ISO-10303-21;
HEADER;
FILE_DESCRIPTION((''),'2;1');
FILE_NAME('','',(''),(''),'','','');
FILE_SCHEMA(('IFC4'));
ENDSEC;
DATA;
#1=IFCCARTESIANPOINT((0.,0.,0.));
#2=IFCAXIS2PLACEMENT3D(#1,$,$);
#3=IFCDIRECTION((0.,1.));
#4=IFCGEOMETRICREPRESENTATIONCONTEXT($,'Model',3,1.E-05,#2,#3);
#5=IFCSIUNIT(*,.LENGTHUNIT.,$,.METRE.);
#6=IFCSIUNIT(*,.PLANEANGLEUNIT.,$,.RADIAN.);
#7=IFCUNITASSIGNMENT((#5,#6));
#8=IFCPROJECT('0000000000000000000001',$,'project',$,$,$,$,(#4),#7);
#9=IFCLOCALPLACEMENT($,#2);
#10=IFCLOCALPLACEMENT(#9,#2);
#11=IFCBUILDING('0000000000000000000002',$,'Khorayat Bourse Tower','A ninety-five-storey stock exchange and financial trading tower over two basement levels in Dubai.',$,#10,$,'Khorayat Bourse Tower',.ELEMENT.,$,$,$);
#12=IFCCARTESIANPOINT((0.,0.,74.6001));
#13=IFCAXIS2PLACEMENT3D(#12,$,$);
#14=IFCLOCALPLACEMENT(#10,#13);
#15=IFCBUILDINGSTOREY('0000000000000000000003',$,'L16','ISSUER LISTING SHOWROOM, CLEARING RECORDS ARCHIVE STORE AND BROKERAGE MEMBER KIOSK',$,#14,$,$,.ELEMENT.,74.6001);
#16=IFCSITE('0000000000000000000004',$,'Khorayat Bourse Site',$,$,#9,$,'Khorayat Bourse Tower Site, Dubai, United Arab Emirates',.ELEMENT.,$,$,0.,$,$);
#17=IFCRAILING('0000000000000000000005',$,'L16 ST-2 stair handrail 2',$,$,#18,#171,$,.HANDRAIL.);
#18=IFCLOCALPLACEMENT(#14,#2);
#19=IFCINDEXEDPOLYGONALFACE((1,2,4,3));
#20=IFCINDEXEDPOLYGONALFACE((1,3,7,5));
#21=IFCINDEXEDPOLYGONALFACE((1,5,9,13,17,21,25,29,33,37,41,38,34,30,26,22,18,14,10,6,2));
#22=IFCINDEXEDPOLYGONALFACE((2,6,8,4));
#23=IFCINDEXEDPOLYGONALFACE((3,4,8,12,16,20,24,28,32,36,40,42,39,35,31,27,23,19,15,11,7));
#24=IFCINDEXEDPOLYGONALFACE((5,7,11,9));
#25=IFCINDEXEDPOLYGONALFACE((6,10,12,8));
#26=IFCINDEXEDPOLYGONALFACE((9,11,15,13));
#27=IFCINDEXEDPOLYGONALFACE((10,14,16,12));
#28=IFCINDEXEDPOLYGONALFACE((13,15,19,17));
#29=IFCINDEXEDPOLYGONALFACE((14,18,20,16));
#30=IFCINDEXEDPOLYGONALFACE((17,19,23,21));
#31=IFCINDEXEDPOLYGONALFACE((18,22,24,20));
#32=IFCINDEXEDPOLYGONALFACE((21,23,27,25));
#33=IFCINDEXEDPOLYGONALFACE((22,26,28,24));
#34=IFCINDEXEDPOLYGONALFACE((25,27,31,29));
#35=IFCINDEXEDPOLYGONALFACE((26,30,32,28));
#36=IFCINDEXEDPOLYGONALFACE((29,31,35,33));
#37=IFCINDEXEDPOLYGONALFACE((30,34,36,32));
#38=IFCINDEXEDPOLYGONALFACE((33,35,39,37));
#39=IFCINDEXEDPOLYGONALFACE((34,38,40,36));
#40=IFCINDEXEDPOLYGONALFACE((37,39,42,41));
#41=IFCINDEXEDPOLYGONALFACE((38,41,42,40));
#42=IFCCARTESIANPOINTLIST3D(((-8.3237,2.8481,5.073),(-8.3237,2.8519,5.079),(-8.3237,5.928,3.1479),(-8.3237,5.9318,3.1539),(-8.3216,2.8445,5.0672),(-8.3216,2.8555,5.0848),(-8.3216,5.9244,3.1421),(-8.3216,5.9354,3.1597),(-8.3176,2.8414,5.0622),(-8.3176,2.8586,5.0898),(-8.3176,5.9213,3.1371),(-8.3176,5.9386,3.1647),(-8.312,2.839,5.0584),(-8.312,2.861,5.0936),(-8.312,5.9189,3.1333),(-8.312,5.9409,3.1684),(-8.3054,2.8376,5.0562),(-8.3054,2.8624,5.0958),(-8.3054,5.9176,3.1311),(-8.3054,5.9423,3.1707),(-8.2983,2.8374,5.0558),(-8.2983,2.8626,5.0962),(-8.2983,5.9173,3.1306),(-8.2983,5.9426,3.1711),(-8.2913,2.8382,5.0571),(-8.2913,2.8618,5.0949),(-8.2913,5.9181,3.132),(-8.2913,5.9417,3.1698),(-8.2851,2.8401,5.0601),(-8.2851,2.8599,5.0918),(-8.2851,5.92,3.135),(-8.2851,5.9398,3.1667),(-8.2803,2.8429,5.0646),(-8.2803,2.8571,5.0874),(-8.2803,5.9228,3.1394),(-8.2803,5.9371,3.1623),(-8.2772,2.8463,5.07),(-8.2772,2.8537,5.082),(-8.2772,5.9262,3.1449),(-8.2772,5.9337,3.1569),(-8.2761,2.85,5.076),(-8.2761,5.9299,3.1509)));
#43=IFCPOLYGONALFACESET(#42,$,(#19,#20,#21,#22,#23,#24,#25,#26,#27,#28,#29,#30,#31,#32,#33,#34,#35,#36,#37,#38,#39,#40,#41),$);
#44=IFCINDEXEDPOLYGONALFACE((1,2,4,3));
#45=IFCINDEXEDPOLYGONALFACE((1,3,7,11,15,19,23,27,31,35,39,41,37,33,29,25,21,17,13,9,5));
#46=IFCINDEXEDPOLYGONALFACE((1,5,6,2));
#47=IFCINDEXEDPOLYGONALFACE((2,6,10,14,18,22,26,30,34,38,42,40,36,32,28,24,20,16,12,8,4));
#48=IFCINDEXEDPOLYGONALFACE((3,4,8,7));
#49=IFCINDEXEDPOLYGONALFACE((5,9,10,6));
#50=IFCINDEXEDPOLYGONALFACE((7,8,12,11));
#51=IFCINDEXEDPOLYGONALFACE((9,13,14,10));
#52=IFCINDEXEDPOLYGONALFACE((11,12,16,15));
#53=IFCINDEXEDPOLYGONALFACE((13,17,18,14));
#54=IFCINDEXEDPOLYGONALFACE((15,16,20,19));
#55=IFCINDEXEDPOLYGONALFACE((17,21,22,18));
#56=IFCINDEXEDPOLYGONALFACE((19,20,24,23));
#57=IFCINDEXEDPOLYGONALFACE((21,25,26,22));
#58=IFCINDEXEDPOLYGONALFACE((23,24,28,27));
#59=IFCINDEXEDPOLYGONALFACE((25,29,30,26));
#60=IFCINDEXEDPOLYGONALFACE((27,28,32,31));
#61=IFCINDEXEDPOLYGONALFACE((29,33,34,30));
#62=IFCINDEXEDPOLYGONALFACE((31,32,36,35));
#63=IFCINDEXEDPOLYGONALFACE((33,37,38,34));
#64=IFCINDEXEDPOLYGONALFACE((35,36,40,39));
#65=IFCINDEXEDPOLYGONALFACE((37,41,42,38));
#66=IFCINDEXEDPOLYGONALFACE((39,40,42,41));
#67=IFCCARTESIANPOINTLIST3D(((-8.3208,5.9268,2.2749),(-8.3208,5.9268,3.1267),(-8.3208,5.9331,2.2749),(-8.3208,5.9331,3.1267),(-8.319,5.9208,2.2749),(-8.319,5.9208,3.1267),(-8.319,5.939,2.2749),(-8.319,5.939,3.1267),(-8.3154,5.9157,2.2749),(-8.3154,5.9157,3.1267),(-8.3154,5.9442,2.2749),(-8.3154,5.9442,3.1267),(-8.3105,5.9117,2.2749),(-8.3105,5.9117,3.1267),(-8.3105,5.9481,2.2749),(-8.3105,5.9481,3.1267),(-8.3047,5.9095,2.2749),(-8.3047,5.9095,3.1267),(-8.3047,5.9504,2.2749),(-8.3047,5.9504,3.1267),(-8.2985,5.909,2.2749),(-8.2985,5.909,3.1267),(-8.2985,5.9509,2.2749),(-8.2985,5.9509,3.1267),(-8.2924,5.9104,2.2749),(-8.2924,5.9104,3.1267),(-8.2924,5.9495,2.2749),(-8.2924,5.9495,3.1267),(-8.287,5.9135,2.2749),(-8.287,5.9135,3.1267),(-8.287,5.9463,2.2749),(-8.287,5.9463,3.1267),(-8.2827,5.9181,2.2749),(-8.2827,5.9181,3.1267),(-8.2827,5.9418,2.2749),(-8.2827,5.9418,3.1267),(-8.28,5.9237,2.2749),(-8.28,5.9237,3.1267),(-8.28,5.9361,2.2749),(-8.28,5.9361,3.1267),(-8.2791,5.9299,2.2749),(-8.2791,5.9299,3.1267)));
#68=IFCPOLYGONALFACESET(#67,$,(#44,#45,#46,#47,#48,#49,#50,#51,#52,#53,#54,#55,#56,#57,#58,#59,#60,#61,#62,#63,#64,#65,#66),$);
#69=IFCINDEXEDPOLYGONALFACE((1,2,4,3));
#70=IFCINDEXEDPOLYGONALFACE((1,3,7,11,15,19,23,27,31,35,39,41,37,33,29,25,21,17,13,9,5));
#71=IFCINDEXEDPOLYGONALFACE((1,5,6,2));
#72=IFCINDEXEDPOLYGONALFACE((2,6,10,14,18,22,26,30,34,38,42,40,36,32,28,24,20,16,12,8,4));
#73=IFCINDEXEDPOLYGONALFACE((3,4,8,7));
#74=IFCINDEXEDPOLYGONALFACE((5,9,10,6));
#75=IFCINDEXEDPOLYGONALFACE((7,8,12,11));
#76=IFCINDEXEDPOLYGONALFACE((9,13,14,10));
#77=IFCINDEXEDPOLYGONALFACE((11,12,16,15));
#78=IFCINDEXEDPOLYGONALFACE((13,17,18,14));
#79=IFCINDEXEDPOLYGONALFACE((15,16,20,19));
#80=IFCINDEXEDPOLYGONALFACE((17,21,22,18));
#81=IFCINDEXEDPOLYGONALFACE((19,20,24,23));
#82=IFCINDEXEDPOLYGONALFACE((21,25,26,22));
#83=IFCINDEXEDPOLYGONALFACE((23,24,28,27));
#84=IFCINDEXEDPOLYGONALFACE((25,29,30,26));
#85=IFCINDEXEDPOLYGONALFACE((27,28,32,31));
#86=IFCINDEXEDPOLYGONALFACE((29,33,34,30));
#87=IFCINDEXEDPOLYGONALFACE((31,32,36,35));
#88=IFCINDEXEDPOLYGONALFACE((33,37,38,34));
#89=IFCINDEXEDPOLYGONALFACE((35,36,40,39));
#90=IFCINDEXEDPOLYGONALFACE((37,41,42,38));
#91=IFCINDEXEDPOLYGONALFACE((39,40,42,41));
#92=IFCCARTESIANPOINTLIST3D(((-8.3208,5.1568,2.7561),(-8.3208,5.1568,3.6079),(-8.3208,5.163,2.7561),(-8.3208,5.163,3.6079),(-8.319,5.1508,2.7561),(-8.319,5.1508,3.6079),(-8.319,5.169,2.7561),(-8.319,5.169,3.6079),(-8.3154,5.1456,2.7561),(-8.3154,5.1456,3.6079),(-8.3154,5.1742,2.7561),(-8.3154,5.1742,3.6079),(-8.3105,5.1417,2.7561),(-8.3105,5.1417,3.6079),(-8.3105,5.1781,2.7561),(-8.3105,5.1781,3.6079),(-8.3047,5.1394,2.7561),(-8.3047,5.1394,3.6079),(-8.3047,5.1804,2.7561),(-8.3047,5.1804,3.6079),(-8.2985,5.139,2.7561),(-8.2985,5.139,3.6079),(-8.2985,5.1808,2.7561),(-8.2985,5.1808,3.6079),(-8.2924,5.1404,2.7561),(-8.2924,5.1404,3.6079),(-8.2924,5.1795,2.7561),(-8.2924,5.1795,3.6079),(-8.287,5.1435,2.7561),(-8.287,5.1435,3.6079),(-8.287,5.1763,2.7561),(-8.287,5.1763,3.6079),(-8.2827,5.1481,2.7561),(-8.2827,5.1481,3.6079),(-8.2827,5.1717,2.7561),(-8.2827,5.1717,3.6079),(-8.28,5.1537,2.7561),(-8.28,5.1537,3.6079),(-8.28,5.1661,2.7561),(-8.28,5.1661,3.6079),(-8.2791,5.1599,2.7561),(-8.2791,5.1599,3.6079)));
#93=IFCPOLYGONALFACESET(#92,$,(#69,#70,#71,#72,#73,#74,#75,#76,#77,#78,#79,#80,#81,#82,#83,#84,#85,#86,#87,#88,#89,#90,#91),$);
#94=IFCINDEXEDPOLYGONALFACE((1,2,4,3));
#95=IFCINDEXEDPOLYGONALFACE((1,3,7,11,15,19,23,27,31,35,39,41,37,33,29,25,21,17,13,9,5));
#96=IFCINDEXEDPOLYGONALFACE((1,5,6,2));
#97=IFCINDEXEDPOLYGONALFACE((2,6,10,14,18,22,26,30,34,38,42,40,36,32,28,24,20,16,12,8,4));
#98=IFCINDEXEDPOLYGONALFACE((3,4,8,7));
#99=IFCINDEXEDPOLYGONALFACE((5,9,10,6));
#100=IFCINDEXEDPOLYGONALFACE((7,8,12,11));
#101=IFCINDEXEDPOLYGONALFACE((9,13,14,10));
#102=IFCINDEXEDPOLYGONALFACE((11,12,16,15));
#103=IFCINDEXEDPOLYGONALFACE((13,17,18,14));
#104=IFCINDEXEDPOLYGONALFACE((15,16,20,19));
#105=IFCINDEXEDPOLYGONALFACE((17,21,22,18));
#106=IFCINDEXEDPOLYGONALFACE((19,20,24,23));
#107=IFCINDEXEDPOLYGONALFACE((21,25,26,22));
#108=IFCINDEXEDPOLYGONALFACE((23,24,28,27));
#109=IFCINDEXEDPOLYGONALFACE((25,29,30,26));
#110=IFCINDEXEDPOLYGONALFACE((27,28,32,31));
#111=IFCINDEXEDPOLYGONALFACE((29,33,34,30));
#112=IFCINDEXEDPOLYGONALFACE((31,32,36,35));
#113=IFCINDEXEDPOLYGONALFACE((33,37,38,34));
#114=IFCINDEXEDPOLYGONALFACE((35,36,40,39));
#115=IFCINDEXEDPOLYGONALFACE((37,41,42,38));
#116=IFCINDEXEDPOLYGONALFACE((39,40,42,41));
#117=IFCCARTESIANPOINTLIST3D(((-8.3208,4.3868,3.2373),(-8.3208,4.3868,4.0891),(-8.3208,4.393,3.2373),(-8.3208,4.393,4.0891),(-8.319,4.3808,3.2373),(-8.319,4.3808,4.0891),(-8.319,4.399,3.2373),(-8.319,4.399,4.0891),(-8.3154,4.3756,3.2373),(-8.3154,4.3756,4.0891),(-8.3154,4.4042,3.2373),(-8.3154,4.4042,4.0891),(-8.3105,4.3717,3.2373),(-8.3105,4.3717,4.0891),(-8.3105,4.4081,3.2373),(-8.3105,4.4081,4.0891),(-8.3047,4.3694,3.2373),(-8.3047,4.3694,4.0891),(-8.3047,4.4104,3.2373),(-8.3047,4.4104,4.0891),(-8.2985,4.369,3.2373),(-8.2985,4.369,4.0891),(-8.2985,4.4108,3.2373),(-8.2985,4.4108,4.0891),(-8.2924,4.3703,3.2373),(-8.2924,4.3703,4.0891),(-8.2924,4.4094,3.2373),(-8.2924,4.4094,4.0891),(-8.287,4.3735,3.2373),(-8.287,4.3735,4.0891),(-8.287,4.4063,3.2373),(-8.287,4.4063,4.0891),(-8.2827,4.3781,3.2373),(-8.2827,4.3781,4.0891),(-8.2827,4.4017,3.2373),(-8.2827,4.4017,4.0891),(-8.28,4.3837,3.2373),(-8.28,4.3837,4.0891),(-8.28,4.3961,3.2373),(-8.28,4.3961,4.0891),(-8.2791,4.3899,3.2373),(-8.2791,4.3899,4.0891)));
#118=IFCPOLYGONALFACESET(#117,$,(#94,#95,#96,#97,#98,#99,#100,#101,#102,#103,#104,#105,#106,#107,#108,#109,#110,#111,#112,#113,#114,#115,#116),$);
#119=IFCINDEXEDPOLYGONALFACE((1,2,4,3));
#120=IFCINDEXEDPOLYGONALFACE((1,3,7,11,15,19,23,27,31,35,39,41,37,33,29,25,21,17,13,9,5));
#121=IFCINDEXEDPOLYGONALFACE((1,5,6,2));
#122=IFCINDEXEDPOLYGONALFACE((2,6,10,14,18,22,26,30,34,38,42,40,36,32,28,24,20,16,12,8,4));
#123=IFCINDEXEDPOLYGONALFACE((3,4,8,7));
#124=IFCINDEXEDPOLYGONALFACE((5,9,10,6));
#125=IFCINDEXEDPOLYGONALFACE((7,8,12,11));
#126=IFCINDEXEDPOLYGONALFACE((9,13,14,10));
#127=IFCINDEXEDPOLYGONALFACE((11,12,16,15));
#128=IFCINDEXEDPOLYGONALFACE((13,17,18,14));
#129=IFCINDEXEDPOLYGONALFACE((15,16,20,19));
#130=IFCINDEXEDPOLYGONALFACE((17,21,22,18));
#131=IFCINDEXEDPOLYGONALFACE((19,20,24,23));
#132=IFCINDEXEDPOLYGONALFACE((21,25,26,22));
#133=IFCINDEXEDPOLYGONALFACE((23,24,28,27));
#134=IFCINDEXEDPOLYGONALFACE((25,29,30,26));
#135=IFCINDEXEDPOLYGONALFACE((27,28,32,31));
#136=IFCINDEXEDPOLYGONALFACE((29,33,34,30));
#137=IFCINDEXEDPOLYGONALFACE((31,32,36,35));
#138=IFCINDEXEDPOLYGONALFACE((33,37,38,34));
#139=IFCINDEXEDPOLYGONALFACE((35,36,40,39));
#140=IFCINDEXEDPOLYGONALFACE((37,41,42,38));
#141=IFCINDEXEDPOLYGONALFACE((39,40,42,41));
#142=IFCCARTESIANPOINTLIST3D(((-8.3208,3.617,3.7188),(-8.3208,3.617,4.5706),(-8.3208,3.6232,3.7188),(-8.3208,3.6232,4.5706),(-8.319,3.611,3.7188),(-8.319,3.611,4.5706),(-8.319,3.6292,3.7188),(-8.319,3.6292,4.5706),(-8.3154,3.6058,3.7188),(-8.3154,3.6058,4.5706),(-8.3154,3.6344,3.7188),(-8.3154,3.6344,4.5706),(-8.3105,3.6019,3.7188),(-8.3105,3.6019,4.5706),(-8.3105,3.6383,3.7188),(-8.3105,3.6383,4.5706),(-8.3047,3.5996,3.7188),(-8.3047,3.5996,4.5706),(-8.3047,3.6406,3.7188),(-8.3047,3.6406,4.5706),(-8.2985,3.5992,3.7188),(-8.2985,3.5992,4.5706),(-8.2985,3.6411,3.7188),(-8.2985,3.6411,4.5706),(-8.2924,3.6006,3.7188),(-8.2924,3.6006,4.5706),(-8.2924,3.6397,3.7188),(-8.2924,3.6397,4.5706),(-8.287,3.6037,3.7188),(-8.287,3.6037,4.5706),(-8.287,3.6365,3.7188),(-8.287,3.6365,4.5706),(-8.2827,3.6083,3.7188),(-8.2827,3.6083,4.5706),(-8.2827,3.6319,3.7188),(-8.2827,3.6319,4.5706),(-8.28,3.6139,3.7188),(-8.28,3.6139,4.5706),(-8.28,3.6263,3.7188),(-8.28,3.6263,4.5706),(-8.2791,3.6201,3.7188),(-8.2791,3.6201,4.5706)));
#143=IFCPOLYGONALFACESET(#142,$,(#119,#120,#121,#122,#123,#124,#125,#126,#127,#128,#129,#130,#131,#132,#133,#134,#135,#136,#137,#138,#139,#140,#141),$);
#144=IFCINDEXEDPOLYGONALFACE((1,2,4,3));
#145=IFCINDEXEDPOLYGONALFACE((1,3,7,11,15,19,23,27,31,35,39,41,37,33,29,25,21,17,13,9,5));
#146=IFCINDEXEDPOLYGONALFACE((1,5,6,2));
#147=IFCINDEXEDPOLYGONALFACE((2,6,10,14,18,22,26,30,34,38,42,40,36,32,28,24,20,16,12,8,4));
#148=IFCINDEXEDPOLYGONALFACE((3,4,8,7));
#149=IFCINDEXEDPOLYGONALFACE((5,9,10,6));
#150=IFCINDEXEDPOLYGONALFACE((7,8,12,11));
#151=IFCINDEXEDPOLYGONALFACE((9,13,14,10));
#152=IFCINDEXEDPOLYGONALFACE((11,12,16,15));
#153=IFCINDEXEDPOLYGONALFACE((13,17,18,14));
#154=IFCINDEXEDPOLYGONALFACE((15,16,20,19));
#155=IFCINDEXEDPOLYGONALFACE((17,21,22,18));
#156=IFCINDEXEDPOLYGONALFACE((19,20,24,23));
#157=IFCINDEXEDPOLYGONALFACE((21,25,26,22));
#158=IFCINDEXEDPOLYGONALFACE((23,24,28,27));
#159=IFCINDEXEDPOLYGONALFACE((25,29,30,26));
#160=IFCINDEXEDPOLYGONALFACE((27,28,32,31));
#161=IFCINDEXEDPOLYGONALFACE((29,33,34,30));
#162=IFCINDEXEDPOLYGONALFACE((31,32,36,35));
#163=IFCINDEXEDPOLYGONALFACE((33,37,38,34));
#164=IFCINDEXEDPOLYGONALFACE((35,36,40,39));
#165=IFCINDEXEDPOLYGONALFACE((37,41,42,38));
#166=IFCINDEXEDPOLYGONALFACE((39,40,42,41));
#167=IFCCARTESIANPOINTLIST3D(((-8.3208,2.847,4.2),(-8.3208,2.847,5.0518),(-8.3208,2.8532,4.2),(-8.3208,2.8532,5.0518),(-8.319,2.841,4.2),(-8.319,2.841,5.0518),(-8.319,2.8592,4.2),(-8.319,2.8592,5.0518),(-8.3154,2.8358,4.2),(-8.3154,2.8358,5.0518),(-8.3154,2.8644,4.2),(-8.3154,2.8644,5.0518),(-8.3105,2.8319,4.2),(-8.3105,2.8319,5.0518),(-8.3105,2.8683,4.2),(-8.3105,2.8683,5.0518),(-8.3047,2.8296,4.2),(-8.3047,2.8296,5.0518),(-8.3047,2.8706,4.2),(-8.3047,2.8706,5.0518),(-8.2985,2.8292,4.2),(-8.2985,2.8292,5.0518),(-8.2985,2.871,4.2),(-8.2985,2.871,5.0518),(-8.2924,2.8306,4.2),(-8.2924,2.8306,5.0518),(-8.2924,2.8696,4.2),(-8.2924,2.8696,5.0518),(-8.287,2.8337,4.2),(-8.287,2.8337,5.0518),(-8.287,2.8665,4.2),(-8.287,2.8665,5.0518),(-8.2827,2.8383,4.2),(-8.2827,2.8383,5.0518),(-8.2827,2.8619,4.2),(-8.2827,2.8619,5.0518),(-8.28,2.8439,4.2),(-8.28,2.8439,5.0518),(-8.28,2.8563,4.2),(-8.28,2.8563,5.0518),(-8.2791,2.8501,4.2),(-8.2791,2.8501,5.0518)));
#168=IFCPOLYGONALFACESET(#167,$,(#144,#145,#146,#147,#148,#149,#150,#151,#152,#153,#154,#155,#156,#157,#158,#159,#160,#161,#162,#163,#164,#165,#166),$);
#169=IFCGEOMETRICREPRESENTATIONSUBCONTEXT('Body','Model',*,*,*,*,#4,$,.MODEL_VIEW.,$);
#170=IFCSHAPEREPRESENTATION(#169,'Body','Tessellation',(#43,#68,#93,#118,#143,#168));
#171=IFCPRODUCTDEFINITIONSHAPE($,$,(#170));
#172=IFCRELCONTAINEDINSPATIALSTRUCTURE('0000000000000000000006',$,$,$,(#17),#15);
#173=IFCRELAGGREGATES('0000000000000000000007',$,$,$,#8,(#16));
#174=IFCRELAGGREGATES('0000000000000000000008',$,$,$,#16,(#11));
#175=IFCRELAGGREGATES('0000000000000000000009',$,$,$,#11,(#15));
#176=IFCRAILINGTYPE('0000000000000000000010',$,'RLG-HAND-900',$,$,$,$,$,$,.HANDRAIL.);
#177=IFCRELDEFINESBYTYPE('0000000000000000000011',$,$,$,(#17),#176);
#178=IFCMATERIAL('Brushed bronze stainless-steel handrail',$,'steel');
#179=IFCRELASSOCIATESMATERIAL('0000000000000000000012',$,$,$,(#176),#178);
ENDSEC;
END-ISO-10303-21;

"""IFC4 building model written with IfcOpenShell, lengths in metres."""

from ifc_helpers import new_model, si_unit, direction, frame, origin, origin_2d, place, context, subcontext, project, spatial, circle, extrude, source, transform, mapped, material, type_object, element, save


model = new_model("IFC4")

# Units and contexts
model_context = context("Model", 3, precision=1e-05, world=origin(), true_north=direction((0.0, 1.0)))
body_context = subcontext(model_context, "Body", "Model", "MODEL_VIEW")
ifc_project = project(units=[si_unit("LENGTHUNIT", "METRE"), si_unit("PLANEANGLEUNIT", "RADIAN")], contexts=[model_context])

# Site, building, storey
site_placement = place(None, origin())
site = spatial("IfcSite", under=ifc_project, at=site_placement, Name="Khorayat Bourse Site", LongName="Khorayat Bourse Tower Site, Dubai, United Arab Emirates", CompositionType="ELEMENT", RefElevation=0.0)
building_placement = place(site_placement, origin())
building = spatial("IfcBuilding", under=site, at=building_placement, Name="Khorayat Bourse Tower", Description="A ninety-five-storey stock exchange and financial trading tower over two basement levels in Dubai.", LongName="Khorayat Bourse Tower", CompositionType="ELEMENT")
storey_placement = place(building_placement, frame((0.0, 0.0, 74.6001)))
storey = spatial("IfcBuildingStorey", under=building, at=storey_placement, Name="L16", Description="ISSUER LISTING SHOWROOM, CLEARING RECORDS ARCHIVE STORE AND BROKERAGE MEMBER KIOSK", CompositionType="ELEMENT", Elevation=74.6001)

# Railing
ifc_material_1 = material(Name="Brushed bronze stainless-steel handrail", Category="steel")
railing_type_1 = type_object("IfcRailingType", Name="RLG-HAND-900", PredefinedType="HANDRAIL", material=ifc_material_1)
shared_shape_1 = source(origin(), body_context, "Body", "SweptSolid", [
    extrude(circle(Radius=0.0239, at=origin_2d()), frame((0.0, 0.0, 0.876), z_axis=(0.0, -0.847979, 0.530029), x_axis=(1.0, 0.0, 0.0)), (0.0, 0.0, 1.0), 3.6321),
    extrude(circle(Radius=0.021, at=origin_2d()), origin(), (0.0, 0.0, 1.0), 0.8518),
    extrude(circle(Radius=0.021, at=origin_2d()), frame((0.0, -0.77, 0.4812)), (0.0, 0.0, 1.0), 0.8518),
    extrude(circle(Radius=0.021, at=origin_2d()), frame((0.0, -1.54, 0.9624)), (0.0, 0.0, 1.0), 0.8518),
    extrude(circle(Radius=0.021, at=origin_2d()), frame((0.0, -2.3098, 1.4438)), (0.0, 0.0, 1.0), 0.8518),
    extrude(circle(Radius=0.021, at=origin_2d()), frame((0.0, -3.0798, 1.925)), (0.0, 0.0, 1.0), 0.8518),
])
railing_1_placement = place(storey_placement, frame((-8.3, 5.9299, 2.2749)))
element("IfcRailing", 1, at=railing_1_placement, inside=storey, type_object=railing_type_1, Name="L16 ST-2 stair handrail 2", PredefinedType="HANDRAIL", context=body_context, shape_type="MappedRepresentation", body=[
    mapped(shared_shape_1, transform((0.0, 0.0, 0.0), scale=1.0)),
])

save(model, "model.ifc")
